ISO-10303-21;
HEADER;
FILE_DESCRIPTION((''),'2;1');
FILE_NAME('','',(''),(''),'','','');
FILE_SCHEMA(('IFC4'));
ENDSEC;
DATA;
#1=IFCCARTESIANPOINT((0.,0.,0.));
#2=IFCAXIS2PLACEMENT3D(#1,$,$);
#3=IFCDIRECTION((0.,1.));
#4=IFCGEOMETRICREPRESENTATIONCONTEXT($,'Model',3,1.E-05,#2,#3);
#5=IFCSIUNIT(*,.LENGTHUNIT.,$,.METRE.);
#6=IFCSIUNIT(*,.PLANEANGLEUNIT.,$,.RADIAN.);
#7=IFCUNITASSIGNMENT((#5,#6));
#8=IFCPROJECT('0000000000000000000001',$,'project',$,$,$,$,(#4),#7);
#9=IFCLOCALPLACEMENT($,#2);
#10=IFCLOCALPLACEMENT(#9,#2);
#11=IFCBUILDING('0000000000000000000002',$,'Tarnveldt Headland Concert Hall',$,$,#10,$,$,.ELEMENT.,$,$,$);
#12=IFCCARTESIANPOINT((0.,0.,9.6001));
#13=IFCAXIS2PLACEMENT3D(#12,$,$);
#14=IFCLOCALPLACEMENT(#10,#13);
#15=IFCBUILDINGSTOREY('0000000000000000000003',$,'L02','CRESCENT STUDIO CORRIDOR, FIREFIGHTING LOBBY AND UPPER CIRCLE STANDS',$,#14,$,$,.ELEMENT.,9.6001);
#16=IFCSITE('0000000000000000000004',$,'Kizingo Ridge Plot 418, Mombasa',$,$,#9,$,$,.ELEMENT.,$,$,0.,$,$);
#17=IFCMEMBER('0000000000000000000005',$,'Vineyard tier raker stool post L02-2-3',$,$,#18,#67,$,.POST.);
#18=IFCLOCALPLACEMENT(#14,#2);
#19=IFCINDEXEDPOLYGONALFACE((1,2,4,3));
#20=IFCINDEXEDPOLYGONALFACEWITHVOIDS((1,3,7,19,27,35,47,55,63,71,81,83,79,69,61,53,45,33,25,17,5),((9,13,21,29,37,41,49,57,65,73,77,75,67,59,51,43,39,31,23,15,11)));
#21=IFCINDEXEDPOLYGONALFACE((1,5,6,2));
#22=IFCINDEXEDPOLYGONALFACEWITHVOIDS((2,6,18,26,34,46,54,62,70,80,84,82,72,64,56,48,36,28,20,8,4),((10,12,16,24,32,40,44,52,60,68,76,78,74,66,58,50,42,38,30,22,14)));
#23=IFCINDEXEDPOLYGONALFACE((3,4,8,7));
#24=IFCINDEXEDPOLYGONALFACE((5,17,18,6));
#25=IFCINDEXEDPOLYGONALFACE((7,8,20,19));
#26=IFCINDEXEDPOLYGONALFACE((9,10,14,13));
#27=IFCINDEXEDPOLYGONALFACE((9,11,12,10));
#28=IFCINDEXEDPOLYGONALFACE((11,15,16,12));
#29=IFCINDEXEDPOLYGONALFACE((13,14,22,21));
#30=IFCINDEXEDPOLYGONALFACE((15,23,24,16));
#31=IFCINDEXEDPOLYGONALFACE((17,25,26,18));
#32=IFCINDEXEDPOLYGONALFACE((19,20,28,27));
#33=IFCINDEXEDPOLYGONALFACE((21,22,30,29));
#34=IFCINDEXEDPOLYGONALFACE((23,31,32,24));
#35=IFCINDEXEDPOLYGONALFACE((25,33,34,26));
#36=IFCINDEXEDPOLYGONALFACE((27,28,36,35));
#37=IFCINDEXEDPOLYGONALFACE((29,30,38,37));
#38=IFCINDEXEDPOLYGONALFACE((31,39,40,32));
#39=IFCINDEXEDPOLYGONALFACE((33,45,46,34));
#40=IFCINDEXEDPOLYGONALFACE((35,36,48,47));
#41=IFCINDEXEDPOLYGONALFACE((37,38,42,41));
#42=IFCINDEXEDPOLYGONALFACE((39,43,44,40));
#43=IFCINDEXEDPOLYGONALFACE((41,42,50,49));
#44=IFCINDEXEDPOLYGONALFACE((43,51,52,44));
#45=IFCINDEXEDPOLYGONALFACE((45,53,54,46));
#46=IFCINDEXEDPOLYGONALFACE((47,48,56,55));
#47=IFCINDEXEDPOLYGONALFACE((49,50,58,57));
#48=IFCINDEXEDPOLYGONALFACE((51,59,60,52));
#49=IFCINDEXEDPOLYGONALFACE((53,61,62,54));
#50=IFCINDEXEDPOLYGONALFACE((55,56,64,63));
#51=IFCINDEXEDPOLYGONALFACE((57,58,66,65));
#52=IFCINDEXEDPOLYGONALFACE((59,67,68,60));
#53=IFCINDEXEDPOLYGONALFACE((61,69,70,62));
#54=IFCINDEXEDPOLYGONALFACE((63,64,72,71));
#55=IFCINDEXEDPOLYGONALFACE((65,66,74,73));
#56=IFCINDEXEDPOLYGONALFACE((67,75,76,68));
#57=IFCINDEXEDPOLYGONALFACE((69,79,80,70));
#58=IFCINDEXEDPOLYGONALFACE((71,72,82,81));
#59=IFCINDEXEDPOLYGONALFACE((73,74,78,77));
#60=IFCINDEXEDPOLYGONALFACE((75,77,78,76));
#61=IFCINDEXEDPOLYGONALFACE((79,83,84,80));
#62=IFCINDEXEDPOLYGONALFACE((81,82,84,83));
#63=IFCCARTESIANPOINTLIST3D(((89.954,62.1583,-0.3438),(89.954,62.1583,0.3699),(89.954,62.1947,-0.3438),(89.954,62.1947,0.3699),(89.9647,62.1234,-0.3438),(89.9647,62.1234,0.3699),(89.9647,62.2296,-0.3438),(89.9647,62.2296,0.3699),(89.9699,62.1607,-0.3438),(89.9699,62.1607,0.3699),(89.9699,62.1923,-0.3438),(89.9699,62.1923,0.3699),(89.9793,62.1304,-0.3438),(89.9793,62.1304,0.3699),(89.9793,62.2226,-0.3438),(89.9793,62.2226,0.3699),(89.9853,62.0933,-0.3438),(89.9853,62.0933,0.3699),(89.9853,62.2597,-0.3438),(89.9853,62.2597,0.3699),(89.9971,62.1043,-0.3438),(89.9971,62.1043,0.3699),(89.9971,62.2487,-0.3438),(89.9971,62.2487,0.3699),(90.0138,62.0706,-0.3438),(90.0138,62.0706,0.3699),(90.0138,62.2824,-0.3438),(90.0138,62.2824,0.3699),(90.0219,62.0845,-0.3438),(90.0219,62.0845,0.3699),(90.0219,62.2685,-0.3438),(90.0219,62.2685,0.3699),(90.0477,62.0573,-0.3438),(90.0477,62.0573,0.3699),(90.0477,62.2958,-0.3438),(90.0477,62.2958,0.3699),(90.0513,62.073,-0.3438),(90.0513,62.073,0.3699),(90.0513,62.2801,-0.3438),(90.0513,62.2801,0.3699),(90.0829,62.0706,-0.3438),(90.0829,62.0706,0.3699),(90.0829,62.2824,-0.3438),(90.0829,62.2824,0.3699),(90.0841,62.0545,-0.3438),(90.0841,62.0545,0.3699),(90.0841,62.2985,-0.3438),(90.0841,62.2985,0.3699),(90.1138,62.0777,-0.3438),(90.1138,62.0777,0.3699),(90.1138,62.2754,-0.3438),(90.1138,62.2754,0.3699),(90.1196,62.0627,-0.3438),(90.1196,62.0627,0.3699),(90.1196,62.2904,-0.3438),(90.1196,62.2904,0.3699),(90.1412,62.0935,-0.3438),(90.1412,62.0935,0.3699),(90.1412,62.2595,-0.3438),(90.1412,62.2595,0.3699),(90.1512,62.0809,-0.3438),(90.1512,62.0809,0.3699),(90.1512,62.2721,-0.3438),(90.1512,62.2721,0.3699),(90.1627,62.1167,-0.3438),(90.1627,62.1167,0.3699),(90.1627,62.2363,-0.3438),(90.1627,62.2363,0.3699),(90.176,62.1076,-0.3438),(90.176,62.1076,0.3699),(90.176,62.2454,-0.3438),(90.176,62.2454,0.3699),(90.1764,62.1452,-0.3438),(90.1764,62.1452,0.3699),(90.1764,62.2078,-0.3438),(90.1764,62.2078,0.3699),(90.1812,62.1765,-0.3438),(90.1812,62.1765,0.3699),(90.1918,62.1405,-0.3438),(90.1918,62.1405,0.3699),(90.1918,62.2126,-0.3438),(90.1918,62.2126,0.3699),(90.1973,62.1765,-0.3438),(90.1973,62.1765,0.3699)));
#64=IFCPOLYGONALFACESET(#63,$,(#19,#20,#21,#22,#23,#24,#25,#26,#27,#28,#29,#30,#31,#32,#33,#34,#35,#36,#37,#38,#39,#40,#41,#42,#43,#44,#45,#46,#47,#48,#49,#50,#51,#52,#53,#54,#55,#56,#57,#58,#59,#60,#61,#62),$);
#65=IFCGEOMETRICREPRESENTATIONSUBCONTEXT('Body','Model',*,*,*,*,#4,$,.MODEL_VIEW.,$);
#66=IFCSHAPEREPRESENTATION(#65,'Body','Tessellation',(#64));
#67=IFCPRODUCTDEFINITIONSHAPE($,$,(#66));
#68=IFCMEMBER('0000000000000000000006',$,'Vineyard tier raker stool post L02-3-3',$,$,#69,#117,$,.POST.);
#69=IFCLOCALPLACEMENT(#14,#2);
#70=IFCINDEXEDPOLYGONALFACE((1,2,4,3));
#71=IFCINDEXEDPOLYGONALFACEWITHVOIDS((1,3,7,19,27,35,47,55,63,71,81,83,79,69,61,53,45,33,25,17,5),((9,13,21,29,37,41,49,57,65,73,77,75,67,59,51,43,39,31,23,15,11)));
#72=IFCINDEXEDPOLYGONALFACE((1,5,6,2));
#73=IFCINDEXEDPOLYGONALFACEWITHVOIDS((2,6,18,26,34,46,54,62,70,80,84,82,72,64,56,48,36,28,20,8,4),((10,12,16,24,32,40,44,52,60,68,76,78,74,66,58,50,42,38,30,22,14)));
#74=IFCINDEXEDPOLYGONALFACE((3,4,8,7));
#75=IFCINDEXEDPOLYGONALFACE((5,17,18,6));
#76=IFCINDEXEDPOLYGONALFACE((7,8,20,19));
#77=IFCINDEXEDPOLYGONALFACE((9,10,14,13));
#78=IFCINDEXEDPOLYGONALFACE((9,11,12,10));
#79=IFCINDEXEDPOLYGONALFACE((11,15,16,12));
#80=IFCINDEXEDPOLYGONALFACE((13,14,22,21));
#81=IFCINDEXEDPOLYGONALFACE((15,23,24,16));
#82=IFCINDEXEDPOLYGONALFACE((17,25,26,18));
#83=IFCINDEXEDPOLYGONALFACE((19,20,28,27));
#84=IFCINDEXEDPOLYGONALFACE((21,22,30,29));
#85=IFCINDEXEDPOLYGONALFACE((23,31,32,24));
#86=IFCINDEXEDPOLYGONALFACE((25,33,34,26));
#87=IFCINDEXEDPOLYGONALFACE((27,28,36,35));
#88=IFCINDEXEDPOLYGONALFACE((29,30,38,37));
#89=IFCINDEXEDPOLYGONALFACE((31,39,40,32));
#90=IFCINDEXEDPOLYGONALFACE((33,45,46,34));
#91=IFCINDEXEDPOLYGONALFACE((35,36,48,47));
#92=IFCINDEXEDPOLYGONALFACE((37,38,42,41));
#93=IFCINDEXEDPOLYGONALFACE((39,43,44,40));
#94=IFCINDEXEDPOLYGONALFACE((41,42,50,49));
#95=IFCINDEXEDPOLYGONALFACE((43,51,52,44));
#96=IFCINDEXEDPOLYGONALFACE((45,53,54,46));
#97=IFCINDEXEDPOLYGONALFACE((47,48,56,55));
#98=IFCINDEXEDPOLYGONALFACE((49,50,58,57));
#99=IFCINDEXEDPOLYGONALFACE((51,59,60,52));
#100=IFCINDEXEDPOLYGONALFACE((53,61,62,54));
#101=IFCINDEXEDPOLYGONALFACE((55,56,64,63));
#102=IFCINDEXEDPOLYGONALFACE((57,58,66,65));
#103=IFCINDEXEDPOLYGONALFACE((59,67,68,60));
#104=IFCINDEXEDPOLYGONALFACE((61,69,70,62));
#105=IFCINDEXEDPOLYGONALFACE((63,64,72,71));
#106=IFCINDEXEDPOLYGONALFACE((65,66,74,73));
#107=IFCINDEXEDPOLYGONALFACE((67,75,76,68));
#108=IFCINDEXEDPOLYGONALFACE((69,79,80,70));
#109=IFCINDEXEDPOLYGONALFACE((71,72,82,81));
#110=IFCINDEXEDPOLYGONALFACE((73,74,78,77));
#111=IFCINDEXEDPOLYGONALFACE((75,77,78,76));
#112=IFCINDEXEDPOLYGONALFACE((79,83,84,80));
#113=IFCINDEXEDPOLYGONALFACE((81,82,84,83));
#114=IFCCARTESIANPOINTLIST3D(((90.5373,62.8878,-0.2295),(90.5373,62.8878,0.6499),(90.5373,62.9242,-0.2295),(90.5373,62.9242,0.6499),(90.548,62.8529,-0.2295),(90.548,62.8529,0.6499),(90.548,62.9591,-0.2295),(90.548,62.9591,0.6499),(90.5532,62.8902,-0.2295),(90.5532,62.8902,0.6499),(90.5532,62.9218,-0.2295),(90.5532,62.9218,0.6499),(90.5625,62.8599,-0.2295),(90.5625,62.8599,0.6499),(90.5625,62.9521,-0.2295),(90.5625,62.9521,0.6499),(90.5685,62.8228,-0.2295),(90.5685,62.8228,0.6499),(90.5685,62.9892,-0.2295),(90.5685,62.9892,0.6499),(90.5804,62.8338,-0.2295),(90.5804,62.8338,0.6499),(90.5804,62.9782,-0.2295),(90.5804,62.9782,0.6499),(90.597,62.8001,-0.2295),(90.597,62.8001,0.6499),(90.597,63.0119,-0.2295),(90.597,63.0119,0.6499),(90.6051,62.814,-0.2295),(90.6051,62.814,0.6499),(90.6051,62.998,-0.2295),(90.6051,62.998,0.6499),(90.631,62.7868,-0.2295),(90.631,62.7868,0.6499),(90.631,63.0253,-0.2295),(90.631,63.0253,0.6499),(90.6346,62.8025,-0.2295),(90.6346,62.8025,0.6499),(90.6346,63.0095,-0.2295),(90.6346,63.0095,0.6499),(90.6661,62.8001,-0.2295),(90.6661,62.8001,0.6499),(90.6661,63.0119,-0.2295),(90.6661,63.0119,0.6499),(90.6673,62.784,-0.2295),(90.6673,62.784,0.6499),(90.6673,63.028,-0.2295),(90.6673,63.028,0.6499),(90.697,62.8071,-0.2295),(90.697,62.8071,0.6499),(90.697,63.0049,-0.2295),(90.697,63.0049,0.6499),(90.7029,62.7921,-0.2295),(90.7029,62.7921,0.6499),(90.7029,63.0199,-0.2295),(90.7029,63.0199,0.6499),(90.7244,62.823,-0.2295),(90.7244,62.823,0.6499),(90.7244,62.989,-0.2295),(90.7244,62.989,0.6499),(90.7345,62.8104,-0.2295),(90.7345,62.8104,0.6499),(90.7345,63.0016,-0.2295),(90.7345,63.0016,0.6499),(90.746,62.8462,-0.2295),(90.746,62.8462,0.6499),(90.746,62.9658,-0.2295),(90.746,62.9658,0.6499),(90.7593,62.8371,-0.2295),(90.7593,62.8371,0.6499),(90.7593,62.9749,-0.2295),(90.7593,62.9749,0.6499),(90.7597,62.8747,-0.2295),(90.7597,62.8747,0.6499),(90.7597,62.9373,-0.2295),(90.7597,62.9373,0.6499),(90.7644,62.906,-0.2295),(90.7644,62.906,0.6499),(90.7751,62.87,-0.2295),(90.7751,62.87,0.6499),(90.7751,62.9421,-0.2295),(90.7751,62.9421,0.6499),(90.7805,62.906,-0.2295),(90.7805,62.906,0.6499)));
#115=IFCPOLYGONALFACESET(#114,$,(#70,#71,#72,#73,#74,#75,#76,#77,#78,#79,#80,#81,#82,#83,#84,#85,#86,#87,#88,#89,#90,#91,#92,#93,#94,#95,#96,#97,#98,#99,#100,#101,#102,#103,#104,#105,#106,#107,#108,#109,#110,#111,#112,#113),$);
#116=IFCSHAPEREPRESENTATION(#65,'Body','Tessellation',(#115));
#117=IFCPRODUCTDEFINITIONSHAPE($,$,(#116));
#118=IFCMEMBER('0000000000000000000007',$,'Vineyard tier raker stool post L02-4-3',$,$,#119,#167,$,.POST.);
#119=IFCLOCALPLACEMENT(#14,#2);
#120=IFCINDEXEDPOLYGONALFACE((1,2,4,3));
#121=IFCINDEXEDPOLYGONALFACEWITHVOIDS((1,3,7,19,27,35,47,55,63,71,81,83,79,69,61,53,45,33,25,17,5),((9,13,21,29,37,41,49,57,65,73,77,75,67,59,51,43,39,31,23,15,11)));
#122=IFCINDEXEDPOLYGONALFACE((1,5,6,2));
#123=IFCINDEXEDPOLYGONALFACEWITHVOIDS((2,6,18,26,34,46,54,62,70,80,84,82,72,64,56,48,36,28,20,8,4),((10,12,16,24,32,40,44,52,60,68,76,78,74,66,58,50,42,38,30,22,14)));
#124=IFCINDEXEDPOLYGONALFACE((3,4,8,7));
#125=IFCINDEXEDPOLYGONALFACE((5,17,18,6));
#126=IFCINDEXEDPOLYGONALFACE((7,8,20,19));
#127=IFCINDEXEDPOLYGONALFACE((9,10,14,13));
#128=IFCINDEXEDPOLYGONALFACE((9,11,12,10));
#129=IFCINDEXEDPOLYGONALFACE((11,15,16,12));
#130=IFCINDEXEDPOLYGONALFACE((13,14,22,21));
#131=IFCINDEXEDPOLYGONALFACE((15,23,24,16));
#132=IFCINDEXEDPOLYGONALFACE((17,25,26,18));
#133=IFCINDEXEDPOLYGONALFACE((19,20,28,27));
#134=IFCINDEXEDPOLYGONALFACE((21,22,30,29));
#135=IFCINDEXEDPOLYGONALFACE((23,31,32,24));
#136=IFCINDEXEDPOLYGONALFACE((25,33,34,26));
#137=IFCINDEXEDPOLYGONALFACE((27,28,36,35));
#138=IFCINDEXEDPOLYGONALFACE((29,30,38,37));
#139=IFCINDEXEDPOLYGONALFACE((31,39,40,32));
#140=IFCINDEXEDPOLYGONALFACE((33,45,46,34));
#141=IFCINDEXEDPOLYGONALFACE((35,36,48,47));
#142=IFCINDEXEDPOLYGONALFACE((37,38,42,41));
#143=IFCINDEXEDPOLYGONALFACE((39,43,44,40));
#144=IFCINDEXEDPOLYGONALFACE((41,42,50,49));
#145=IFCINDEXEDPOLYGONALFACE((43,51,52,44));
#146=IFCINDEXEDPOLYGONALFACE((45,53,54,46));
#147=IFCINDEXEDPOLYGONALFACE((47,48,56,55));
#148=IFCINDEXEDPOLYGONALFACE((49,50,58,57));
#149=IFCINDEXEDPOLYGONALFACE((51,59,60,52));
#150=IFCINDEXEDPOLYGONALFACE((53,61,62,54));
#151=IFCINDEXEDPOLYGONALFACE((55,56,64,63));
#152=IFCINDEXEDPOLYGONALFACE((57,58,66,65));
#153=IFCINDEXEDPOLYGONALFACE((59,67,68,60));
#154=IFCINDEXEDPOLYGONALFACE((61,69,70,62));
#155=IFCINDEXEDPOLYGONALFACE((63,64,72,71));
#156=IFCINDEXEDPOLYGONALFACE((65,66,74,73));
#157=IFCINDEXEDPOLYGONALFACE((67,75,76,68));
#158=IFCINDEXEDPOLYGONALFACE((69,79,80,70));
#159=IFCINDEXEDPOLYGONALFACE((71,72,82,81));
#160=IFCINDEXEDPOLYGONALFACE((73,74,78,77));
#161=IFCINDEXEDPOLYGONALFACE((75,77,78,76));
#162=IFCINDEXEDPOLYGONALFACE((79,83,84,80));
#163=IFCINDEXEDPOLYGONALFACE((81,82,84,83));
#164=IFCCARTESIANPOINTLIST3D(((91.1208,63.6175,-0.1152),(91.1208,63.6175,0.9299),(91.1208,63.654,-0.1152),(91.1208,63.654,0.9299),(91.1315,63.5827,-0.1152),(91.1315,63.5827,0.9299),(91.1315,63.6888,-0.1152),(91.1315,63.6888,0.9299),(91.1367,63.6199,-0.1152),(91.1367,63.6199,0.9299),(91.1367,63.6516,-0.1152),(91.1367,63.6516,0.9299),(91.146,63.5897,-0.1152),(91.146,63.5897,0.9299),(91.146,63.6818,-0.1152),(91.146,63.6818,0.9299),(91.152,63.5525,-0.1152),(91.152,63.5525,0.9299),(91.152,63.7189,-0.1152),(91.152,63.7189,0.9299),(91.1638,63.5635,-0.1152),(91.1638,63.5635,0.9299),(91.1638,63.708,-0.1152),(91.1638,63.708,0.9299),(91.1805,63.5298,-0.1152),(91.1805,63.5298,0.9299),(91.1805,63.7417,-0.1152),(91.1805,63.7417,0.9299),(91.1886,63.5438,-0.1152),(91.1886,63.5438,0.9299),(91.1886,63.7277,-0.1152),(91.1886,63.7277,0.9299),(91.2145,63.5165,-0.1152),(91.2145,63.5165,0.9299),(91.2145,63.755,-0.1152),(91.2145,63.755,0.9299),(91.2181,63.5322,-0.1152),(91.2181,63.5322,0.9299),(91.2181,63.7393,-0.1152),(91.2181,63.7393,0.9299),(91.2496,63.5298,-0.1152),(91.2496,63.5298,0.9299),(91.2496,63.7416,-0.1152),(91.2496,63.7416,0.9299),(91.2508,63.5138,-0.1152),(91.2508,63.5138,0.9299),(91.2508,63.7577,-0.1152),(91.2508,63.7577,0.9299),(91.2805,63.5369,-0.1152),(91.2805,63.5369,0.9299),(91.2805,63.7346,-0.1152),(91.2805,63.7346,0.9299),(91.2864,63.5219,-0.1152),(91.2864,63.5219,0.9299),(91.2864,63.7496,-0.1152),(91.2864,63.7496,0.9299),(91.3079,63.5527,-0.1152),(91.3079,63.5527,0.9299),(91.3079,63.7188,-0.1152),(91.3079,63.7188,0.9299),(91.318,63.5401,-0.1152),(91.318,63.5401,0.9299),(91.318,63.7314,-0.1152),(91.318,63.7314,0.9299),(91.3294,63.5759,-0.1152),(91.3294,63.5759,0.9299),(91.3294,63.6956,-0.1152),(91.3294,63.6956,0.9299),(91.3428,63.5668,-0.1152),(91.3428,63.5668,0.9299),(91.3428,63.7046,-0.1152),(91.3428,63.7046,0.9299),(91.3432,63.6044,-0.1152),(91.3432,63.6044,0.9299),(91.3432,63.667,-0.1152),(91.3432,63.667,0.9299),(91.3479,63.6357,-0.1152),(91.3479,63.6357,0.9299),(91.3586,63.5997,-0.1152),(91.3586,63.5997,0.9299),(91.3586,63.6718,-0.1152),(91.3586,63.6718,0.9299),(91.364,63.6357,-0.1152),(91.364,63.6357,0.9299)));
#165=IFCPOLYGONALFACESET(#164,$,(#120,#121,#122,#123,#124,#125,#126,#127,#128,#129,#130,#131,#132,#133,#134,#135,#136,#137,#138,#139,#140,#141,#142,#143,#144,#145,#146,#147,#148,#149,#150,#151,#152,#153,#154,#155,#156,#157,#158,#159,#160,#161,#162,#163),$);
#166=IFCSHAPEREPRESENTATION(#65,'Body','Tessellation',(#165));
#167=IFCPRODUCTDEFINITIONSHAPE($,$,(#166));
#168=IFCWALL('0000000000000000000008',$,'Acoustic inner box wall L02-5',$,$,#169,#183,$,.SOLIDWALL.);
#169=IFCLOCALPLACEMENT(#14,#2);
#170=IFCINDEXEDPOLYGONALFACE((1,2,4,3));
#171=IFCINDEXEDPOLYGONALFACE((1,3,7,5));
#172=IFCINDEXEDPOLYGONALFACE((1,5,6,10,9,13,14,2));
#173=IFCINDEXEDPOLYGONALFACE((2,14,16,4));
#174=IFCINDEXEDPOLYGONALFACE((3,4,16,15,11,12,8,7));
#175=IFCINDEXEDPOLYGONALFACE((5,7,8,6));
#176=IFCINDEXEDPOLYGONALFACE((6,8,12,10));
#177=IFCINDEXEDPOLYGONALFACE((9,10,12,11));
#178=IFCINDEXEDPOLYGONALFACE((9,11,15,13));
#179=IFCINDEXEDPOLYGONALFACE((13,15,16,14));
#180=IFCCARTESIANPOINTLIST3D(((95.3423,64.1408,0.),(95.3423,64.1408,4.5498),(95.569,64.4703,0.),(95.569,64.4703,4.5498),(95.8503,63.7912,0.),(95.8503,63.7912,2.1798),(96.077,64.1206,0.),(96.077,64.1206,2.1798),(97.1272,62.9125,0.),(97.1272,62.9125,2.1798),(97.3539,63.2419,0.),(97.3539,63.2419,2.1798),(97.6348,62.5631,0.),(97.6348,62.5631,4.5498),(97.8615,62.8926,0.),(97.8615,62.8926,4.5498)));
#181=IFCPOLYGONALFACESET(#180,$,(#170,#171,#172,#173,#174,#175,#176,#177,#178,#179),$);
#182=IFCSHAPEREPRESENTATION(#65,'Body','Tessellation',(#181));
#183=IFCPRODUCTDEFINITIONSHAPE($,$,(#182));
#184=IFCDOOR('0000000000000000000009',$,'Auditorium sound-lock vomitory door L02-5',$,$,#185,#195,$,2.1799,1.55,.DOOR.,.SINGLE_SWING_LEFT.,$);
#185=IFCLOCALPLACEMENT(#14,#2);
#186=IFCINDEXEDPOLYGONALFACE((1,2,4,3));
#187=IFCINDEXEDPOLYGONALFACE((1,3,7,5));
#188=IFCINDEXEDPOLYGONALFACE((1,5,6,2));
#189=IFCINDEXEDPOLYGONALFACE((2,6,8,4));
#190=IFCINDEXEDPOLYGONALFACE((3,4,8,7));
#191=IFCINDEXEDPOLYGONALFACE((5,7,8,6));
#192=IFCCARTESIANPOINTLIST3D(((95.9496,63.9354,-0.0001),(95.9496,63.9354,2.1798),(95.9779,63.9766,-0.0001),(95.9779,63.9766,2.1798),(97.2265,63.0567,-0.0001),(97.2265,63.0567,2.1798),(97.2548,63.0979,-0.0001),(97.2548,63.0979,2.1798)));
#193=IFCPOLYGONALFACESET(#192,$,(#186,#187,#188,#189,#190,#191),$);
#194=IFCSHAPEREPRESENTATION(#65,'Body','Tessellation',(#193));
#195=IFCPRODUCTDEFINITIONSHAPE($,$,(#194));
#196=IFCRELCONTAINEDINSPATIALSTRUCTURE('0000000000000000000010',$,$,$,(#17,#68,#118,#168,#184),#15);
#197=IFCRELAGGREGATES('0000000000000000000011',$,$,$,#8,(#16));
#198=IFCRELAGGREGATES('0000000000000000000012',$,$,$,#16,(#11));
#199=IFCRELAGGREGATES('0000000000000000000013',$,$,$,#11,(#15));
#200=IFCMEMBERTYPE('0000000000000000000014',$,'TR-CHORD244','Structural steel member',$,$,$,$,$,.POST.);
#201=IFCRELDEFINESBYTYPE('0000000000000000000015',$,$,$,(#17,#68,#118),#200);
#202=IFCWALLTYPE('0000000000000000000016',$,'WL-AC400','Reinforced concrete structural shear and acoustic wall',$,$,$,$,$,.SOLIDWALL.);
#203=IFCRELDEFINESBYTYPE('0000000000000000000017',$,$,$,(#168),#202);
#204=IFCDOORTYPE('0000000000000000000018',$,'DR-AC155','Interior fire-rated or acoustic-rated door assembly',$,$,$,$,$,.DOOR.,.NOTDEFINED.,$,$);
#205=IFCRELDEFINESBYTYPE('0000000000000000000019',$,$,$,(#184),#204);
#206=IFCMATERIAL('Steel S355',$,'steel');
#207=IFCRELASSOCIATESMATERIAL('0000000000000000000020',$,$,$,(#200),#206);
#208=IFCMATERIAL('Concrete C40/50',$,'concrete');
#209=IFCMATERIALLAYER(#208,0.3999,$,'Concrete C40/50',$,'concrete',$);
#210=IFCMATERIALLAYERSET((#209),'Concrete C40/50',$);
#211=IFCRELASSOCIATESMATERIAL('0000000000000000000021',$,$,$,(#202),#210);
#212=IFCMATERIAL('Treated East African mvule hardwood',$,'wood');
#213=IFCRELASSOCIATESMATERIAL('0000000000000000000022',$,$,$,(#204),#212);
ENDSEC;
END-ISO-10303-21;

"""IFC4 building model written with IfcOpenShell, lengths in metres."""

from ifc_helpers import new_model, si_unit, direction, frame, frame_2d, origin, origin_2d, place, context, subcontext, project, spatial, rectangle, hollow_circle, extrude, material, layer, layer_set, material_profile, profile_set, type_object, element, fill, save


model = new_model("IFC4")

# Units and contexts
model_context = context("Model", 3, precision=1e-05, world=origin(), true_north=direction((0.0, 1.0)))
body_context = subcontext(model_context, "Body", "Model", "MODEL_VIEW")
ifc_project = project(units=[si_unit("LENGTHUNIT", "METRE"), si_unit("PLANEANGLEUNIT", "RADIAN")], contexts=[model_context])

# Site, building, storey
site_placement = place(None, origin())
site = spatial("IfcSite", under=ifc_project, at=site_placement, Name="Kizingo Ridge Plot 418, Mombasa", CompositionType="ELEMENT", RefElevation=0.0)
building_placement = place(site_placement, origin())
building = spatial("IfcBuilding", under=site, at=building_placement, Name="Tarnveldt Headland Concert Hall", CompositionType="ELEMENT")
storey_placement = place(building_placement, frame((0.0, 0.0, 9.6001)))
storey = spatial("IfcBuildingStorey", under=building, at=storey_placement, Name="L02", Description="CRESCENT STUDIO CORRIDOR, FIREFIGHTING LOBBY AND UPPER CIRCLE STANDS", CompositionType="ELEMENT", Elevation=9.6001)

# Shared definitions
ifc_material_1 = material(Name="Steel S355", Category="steel")

# Members
ifc_material_profile_1 = material_profile(ifc_material_1, hollow_circle(Radius=0.1223, WallThickness=0.0161, at=origin_2d()), Name="CHS 244.5x16", Category="steel")
ifc_profile_set_1 = profile_set([ifc_material_profile_1], Name="Steel S355")
member_type = type_object("IfcMemberType", Name="TR-CHORD244", Description="Structural steel member", PredefinedType="POST", material=ifc_profile_set_1)
member_1_placement = place(storey_placement, frame((90.075, 62.1765, -0.3438), z_axis=(0.0, 0.0, 1.0), x_axis=(1.0, 0.0, 0.0)))
element("IfcMember", 1, at=member_1_placement, inside=storey, type_object=member_type, Name="Vineyard tier raker stool post L02-2-3", PredefinedType="POST", context=body_context, shape_type="SweptSolid", body=[
    extrude(hollow_circle(Radius=0.1223, WallThickness=0.0161, at=origin_2d()), origin(), (0.0, 0.0, 1.0), 0.7136),
])
member_2_placement = place(storey_placement, frame((90.6582, 62.906, -0.2295), z_axis=(0.0, 0.0, 1.0), x_axis=(1.0, 0.0, 0.0)))
element("IfcMember", 2, at=member_2_placement, inside=storey, type_object=member_type, Name="Vineyard tier raker stool post L02-3-3", PredefinedType="POST", context=body_context, shape_type="SweptSolid", body=[
    extrude(hollow_circle(Radius=0.1223, WallThickness=0.0161, at=origin_2d()), origin(), (0.0, 0.0, 1.0), 0.8794),
])
member_3_placement = place(storey_placement, frame((91.2417, 63.6357, -0.1152), z_axis=(0.0, 0.0, 1.0), x_axis=(1.0, 0.0, 0.0)))
element("IfcMember", 3, at=member_3_placement, inside=storey, type_object=member_type, Name="Vineyard tier raker stool post L02-4-3", PredefinedType="POST", context=body_context, shape_type="SweptSolid", body=[
    extrude(hollow_circle(Radius=0.1223, WallThickness=0.0161, at=origin_2d()), origin(), (0.0, 0.0, 1.0), 1.0452),
])

# Wall, opening, door
ifc_material_2 = material(Name="Concrete C40/50", Category="concrete")
ifc_layer_1 = layer(ifc_material_2, 0.3999, Name="Concrete C40/50", Category="concrete")
ifc_layer_set_1 = layer_set([ifc_layer_1], Name="Concrete C40/50")
wall_type = type_object("IfcWallType", Name="WL-AC400", Description="Reinforced concrete structural shear and acoustic wall", PredefinedType="SOLIDWALL", material=ifc_layer_set_1)
wall_placement = place(storey_placement, frame((97.7483, 62.7278, 0.0), z_axis=(0.0, 0.0, 1.0), x_axis=(-0.823781, 0.566909, 0.0)))
wall = element("IfcWall", 4, at=wall_placement, inside=storey, type_object=wall_type, Name="Acoustic inner box wall L02-5", PredefinedType="SOLIDWALL", context=body_context, shape_type="SweptSolid", body=[
    extrude(rectangle(XDim=2.783, YDim=0.3999, at=frame_2d((1.3916, 0.0))), origin(), (0.0, 0.0, 1.0), 4.5498),
])
opening_placement = place(wall_placement, frame((0.6165, 0.0, 0.0)))
opening = element("IfcOpeningElement", 5, at=opening_placement, cuts=wall, PredefinedType="OPENING", context=body_context, shape_type="SweptSolid", body=[
    extrude(rectangle(XDim=1.55, YDim=2.1799, at=frame_2d((0.7749, 1.0898))), frame((0.0, 0.21, 0.0), z_axis=(0.0, -1.0, 0.0), x_axis=(1.0, 0.0, 0.0)), (0.0, 0.0, 1.0), 0.4199),
])
ifc_material_3 = material(Name="Treated East African mvule hardwood", Category="wood")
door_type = type_object("IfcDoorType", Name="DR-AC155", Description="Interior fire-rated or acoustic-rated door assembly", OperationType="NOTDEFINED", PredefinedType="DOOR", material=ifc_material_3)
door_placement = place(opening_placement, origin())
door = element("IfcDoor", 6, at=door_placement, inside=storey, type_object=door_type, Name="Auditorium sound-lock vomitory door L02-5", OperationType="SINGLE_SWING_LEFT", OverallHeight=2.1799, OverallWidth=1.55, PredefinedType="DOOR", context=body_context, shape_type="SweptSolid", body=[
    extrude(rectangle(XDim=1.55, YDim=2.1799, at=frame_2d((0.7749, 1.0898))), frame((0.0, 0.0249, 0.0), z_axis=(0.0, -1.0, 0.0), x_axis=(1.0, 0.0, 0.0)), (0.0, 0.0, 1.0), 0.05),
])
fill(opening, door)

save(model, "model.ifc")
